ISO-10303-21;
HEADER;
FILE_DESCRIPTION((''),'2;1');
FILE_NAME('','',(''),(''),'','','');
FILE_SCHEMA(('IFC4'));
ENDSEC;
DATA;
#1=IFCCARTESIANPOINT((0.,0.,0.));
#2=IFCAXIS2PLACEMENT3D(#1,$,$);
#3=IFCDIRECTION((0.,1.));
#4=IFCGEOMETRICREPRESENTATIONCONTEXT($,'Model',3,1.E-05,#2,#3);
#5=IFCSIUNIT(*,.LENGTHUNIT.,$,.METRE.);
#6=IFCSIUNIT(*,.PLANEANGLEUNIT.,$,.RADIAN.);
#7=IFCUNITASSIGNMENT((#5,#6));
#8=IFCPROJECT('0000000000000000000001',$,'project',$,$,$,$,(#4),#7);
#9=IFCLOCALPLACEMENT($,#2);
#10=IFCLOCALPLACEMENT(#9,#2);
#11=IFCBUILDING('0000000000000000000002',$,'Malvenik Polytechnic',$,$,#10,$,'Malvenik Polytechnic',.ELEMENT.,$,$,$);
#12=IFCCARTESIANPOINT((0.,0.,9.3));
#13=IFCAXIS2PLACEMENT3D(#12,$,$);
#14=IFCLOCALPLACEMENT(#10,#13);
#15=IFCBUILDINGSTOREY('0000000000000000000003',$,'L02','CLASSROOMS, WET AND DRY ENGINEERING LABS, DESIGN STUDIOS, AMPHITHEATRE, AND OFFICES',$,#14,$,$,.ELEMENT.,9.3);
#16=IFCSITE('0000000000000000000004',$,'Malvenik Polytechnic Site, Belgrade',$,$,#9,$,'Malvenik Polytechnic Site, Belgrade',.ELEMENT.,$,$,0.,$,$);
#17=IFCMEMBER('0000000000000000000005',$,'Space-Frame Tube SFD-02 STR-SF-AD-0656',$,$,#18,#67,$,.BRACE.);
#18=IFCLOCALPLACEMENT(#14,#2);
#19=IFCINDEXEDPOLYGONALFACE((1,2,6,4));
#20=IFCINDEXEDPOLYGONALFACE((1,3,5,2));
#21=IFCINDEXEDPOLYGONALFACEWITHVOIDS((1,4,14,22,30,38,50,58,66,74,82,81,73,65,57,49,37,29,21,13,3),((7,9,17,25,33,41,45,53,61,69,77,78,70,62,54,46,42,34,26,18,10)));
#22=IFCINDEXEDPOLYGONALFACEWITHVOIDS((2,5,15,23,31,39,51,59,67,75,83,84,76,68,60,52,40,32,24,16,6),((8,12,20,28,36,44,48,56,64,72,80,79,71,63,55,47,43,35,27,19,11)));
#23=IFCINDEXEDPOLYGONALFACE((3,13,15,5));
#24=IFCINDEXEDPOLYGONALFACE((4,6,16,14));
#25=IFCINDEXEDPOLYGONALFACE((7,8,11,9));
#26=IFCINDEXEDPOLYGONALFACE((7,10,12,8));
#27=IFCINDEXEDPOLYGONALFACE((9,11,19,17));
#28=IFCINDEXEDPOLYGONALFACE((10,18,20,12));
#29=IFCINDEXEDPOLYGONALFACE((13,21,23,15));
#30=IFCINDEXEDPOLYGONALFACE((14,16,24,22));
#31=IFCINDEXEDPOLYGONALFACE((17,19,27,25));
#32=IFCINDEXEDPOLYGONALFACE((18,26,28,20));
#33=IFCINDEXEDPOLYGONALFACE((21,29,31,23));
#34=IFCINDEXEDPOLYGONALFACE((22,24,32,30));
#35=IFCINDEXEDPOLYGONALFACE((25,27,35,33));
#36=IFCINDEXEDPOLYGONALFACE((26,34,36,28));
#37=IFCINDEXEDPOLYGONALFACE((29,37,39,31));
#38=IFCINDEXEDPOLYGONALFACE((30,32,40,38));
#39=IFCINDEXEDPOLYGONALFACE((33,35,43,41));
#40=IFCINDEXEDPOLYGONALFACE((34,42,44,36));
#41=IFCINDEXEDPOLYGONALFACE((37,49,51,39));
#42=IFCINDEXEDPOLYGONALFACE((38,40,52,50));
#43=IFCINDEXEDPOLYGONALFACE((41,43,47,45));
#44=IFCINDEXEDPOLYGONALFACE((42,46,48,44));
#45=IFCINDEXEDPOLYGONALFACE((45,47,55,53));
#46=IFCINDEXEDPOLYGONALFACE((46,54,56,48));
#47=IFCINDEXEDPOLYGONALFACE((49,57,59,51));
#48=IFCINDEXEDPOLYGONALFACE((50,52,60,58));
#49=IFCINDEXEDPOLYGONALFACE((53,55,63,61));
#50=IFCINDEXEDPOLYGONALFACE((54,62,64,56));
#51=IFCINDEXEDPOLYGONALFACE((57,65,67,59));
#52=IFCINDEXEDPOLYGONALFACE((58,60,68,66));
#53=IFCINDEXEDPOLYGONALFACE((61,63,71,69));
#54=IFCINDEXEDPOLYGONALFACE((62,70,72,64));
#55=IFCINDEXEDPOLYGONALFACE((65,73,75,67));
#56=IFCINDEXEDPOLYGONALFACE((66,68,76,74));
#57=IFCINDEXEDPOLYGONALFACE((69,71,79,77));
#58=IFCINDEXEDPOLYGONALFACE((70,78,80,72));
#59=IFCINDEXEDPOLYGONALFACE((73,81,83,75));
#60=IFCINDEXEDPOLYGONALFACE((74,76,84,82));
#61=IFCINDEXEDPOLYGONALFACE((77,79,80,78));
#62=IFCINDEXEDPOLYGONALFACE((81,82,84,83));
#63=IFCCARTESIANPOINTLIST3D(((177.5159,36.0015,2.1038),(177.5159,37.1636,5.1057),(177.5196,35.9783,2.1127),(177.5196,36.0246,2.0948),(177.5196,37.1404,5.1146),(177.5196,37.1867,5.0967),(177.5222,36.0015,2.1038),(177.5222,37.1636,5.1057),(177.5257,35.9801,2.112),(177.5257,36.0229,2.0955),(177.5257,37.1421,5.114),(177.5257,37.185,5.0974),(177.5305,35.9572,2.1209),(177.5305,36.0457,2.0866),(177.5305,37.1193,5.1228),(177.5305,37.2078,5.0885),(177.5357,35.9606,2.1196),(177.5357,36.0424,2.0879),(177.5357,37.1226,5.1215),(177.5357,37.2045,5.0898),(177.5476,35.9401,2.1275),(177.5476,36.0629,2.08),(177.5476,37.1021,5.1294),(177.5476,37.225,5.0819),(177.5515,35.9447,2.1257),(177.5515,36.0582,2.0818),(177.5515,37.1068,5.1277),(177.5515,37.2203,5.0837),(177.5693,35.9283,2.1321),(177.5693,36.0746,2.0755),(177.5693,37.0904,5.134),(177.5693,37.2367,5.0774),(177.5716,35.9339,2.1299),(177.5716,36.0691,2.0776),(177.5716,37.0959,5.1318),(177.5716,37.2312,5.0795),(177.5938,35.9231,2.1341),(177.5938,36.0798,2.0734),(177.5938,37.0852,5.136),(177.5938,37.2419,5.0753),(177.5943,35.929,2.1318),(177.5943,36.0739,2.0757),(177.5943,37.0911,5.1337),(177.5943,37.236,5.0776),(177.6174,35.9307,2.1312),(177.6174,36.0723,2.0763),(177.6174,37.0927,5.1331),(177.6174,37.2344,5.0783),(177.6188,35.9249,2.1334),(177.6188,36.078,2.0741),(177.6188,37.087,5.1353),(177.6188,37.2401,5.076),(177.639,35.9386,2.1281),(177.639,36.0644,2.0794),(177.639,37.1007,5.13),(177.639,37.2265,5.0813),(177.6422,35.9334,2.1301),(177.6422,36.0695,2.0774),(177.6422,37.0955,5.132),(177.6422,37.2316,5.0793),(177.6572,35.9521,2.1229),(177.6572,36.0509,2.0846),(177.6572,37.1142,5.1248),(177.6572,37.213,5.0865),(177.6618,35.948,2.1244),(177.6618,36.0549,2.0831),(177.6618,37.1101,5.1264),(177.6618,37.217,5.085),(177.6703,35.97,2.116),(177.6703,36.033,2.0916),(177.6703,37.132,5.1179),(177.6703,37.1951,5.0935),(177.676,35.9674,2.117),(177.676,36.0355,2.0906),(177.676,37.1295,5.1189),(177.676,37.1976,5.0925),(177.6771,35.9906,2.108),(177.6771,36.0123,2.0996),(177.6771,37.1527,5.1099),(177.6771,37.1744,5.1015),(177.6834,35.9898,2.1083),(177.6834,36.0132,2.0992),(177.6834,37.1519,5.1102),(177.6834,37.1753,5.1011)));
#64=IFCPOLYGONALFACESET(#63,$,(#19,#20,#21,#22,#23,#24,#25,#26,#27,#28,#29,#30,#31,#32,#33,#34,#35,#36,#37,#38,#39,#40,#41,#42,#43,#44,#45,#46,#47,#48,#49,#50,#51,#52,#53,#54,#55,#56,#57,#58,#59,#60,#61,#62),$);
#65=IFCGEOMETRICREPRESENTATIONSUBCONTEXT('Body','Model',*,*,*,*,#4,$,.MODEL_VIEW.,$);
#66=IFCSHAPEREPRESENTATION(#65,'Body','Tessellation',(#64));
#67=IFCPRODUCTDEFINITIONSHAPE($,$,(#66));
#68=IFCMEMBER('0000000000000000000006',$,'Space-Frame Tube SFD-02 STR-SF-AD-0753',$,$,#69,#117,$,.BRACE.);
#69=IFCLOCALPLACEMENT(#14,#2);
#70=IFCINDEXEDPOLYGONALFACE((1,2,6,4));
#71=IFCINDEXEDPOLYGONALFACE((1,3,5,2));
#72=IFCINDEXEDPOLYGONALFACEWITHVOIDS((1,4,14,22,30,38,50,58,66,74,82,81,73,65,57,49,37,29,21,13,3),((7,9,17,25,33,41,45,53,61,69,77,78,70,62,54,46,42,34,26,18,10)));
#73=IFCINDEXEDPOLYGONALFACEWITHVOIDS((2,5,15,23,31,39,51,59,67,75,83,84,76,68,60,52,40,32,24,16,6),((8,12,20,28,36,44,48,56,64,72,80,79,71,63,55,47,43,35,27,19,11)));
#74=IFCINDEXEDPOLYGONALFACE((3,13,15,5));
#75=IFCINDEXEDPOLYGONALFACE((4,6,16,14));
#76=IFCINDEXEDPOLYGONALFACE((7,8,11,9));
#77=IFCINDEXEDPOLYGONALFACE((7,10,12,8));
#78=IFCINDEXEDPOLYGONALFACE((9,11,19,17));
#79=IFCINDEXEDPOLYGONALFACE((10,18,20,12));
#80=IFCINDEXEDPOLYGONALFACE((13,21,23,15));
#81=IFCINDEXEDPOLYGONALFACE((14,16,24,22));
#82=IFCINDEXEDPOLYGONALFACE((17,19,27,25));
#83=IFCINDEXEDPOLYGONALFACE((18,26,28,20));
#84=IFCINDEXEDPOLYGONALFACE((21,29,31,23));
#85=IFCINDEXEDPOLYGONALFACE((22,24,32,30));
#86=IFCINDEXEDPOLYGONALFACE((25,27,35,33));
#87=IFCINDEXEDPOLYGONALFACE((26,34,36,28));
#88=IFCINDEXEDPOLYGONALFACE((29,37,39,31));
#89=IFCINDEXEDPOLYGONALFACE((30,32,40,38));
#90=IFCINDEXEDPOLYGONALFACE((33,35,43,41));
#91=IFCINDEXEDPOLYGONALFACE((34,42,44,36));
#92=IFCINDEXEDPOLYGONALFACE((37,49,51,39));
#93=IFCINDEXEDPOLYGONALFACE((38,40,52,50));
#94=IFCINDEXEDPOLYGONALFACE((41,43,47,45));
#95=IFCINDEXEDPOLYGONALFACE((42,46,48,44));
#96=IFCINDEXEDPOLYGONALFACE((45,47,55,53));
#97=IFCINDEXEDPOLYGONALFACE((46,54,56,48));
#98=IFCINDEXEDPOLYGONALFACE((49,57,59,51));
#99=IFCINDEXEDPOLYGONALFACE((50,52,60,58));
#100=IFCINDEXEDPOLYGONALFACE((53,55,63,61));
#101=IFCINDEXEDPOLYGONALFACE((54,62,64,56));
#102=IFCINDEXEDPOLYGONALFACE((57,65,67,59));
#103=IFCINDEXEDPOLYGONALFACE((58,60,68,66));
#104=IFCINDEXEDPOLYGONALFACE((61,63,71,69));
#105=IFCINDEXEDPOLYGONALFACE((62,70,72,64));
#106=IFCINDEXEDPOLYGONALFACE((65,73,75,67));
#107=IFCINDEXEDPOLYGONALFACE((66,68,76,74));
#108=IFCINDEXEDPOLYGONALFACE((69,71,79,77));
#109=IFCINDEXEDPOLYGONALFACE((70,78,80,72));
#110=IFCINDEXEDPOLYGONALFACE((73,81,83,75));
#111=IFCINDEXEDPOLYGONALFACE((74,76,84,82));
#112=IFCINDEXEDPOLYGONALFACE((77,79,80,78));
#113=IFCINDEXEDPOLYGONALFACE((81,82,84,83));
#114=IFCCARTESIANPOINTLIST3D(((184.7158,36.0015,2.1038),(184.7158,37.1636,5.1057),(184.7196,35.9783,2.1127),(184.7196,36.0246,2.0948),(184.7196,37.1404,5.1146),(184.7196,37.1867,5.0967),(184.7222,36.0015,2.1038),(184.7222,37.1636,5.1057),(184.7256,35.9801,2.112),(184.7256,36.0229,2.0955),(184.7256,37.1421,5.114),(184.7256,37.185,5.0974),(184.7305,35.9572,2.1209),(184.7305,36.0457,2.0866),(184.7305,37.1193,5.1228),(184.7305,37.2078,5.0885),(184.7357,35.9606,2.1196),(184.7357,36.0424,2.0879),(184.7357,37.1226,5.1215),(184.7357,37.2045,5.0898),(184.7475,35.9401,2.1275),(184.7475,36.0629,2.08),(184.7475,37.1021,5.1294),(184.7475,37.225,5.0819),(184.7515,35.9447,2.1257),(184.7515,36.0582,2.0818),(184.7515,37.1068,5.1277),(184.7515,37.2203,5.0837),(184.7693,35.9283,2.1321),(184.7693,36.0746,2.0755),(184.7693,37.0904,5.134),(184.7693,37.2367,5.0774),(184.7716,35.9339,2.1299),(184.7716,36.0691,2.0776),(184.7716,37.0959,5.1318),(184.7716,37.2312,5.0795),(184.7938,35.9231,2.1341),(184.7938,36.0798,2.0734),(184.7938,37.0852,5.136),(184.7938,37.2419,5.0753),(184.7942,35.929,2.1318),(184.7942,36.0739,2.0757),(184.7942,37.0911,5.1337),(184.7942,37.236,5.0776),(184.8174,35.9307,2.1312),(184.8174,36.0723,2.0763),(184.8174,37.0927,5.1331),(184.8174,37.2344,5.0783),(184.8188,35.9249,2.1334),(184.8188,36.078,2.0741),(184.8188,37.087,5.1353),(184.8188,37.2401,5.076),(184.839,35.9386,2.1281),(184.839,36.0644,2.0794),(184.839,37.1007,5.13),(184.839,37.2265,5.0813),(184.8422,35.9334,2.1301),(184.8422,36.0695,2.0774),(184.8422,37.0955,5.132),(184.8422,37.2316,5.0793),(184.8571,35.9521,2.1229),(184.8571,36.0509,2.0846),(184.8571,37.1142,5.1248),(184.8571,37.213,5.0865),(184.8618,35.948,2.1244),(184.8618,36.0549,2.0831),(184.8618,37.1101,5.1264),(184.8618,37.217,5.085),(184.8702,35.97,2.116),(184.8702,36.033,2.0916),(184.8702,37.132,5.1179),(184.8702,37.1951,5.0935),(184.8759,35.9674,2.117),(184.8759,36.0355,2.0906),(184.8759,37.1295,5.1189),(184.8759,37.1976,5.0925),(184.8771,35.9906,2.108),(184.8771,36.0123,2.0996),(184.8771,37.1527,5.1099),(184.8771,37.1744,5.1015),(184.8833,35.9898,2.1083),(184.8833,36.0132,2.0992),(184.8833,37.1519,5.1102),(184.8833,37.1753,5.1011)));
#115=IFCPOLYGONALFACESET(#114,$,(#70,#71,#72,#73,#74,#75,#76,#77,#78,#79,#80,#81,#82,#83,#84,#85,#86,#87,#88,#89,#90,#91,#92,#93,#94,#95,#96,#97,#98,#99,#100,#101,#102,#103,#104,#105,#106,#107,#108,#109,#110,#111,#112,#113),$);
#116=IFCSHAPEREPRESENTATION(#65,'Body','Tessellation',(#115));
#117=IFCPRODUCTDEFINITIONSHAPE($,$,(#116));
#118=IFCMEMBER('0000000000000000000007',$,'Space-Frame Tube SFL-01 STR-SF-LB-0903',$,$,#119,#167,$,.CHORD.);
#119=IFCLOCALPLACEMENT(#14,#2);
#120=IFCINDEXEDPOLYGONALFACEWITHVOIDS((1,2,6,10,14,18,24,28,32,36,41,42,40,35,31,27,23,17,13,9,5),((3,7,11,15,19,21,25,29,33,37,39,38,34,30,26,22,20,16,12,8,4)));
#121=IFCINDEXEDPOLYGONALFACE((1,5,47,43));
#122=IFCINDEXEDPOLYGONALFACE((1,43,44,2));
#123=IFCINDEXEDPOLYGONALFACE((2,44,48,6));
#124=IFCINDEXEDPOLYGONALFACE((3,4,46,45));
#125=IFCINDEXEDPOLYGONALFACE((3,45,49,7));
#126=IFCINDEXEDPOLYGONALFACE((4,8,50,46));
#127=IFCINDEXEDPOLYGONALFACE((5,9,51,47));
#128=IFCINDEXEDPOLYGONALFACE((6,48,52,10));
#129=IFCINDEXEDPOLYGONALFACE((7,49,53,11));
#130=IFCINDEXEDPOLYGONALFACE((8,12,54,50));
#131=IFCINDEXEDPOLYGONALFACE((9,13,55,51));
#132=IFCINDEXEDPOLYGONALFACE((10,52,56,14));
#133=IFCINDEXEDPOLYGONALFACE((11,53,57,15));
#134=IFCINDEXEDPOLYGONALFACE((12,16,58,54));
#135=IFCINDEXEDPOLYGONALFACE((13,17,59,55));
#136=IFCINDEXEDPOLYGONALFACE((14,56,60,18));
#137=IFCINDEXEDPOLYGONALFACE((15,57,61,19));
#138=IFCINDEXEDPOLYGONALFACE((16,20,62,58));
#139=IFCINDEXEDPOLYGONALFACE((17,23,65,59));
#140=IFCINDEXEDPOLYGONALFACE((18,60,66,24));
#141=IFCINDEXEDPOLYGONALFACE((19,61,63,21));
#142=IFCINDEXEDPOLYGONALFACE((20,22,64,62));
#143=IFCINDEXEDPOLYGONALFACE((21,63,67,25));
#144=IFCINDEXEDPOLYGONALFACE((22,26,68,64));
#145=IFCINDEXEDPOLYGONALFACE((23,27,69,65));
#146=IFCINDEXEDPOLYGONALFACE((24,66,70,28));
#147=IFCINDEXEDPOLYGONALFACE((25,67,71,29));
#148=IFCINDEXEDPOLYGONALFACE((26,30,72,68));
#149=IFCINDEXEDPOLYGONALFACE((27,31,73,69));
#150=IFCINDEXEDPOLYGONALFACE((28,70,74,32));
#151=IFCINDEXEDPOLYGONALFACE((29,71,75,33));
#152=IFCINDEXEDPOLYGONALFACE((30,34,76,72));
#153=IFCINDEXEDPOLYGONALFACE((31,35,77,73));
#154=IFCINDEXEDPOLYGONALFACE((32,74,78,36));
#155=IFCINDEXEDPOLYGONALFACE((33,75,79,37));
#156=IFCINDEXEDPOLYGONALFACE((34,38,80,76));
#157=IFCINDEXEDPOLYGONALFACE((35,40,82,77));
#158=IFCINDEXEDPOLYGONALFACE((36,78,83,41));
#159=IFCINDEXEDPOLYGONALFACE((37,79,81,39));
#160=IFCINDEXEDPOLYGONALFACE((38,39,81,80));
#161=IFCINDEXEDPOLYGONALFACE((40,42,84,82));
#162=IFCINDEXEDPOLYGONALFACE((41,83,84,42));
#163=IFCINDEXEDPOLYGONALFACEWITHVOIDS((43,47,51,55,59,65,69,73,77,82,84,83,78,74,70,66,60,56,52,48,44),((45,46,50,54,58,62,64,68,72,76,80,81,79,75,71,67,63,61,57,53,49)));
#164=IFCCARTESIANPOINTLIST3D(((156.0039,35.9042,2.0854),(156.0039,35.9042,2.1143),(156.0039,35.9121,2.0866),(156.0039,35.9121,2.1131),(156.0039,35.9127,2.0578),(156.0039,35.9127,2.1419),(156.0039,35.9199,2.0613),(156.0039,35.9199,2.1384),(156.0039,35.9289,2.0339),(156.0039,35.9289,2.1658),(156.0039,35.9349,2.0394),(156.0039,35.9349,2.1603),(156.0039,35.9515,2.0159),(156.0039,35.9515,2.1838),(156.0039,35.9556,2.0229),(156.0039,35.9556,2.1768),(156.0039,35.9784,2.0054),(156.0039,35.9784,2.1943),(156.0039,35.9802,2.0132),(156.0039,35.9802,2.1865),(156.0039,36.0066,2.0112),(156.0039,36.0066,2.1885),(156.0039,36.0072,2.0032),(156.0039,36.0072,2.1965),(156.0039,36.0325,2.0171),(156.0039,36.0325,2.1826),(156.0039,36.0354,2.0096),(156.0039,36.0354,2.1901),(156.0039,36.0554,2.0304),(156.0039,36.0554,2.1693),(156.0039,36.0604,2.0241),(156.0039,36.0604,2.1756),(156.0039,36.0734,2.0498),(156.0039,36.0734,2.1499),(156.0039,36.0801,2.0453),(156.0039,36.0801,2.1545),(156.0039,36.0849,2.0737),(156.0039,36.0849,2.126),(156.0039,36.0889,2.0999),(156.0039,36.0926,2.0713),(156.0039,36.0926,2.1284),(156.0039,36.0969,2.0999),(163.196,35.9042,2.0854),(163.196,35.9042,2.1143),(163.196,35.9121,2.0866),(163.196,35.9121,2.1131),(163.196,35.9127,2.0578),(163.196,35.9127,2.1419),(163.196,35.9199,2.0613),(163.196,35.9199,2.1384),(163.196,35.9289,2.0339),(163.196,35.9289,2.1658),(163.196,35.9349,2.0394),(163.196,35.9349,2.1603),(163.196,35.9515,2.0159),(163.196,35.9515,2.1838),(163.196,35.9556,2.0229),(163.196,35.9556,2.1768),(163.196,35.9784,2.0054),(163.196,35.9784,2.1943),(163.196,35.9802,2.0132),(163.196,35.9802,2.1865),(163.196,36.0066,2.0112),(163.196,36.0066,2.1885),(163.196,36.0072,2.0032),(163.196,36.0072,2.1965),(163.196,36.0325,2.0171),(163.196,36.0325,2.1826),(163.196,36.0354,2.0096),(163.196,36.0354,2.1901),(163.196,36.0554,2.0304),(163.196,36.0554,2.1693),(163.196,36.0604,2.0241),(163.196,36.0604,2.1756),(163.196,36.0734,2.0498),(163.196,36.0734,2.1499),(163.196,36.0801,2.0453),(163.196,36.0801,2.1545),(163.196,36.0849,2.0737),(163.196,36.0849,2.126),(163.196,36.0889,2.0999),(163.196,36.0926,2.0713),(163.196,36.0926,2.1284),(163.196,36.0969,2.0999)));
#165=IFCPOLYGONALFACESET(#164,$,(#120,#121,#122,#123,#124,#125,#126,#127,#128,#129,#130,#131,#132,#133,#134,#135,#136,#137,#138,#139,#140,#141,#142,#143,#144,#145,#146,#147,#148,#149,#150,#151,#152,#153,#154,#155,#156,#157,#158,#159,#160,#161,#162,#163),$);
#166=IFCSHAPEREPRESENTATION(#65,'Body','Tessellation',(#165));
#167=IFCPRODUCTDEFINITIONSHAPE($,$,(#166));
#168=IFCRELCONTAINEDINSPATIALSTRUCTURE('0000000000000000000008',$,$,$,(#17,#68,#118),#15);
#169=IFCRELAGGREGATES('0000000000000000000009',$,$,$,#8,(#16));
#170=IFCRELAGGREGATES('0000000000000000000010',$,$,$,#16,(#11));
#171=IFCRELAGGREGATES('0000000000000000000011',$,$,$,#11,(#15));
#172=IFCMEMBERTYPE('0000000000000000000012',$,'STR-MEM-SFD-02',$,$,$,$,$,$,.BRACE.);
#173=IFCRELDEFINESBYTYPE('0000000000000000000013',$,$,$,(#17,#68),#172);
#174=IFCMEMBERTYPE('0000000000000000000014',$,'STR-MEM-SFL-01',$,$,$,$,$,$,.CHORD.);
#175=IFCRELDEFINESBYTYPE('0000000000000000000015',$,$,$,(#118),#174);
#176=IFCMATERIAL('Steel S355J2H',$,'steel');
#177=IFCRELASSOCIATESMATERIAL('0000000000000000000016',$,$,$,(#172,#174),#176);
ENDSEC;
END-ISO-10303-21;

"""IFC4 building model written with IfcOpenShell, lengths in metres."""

from ifc_helpers import new_model, si_unit, direction, frame, origin, origin_2d, place, context, subcontext, project, spatial, hollow_circle, extrude, material, material_profile, profile_set, type_object, element, save


model = new_model("IFC4")

# Units and contexts
model_context = context("Model", 3, precision=1e-05, world=origin(), true_north=direction((0.0, 1.0)))
body_context = subcontext(model_context, "Body", "Model", "MODEL_VIEW")
ifc_project = project(units=[si_unit("LENGTHUNIT", "METRE"), si_unit("PLANEANGLEUNIT", "RADIAN")], contexts=[model_context])

# Site, building, storey
site_placement = place(None, origin())
site = spatial("IfcSite", under=ifc_project, at=site_placement, Name="Malvenik Polytechnic Site, Belgrade", LongName="Malvenik Polytechnic Site, Belgrade", CompositionType="ELEMENT", RefElevation=0.0)
building_placement = place(site_placement, origin())
building = spatial("IfcBuilding", under=site, at=building_placement, Name="Malvenik Polytechnic", LongName="Malvenik Polytechnic", CompositionType="ELEMENT")
storey_placement = place(building_placement, frame((0.0, 0.0, 9.3)))
storey = spatial("IfcBuildingStorey", under=building, at=storey_placement, Name="L02", Description="CLASSROOMS, WET AND DRY ENGINEERING LABS, DESIGN STUDIOS, AMPHITHEATRE, AND OFFICES", CompositionType="ELEMENT", Elevation=9.3)

# Members
ifc_material_1 = material(Name="Steel S355J2H", Category="steel")
ifc_material_profile_1 = material_profile(ifc_material_1, hollow_circle(Radius=0.0842, WallThickness=0.0063, at=origin_2d()), Name="CHS 168.3x6.3")
ifc_profile_set_1 = profile_set([ifc_material_profile_1], Name="Steel S355J2H")
member_type_1 = type_object("IfcMemberType", Name="STR-MEM-SFD-02", PredefinedType="BRACE", material=ifc_profile_set_1)
for number, where, z_axis, x_axis, name in (
    (1, (177.6001, 36.0015, 2.1038), (0.0, 0.361011, 0.932562), (-1.0, 0.0, 0.0), "Space-Frame Tube SFD-02 STR-SF-AD-0656"),
    (2, (184.8, 36.0015, 2.1038), (0.0, 0.361011, 0.932562), (-1.0, 0.0, 0.0), "Space-Frame Tube SFD-02 STR-SF-AD-0753"),
):
    element("IfcMember", number, at=place(storey_placement, frame(where, z_axis=z_axis, x_axis=x_axis)), inside=storey, type_object=member_type_1, Name=name, PredefinedType="BRACE", context=body_context, shape_type="SweptSolid", body=[
        extrude(hollow_circle(Radius=0.0842, WallThickness=0.0063, at=origin_2d()), origin(), (0.0, 0.0, 1.0), 3.219),
    ])
ifc_material_profile_2 = material_profile(ifc_material_1, hollow_circle(Radius=0.0969, WallThickness=0.0081, at=origin_2d()), Name="CHS 193.7x8.0")
ifc_profile_set_2 = profile_set([ifc_material_profile_2], Name="Steel S355J2H")
member_type_2 = type_object("IfcMemberType", Name="STR-MEM-SFL-01", PredefinedType="CHORD", material=ifc_profile_set_2)
for number, where, z_axis, x_axis, name in (
    (3, (156.0039, 36.0, 2.0999), (1.0, 0.0, 0.0), (0.0, 1.0, 0.0), "Space-Frame Tube SFL-01 STR-SF-LB-0903"),
):
    element("IfcMember", number, at=place(storey_placement, frame(where, z_axis=z_axis, x_axis=x_axis)), inside=storey, type_object=member_type_2, Name=name, PredefinedType="CHORD", context=body_context, shape_type="SweptSolid", body=[
        extrude(hollow_circle(Radius=0.0969, WallThickness=0.0081, at=origin_2d()), origin(), (0.0, 0.0, 1.0), 7.1921),
    ])

save(model, "model.ifc")
